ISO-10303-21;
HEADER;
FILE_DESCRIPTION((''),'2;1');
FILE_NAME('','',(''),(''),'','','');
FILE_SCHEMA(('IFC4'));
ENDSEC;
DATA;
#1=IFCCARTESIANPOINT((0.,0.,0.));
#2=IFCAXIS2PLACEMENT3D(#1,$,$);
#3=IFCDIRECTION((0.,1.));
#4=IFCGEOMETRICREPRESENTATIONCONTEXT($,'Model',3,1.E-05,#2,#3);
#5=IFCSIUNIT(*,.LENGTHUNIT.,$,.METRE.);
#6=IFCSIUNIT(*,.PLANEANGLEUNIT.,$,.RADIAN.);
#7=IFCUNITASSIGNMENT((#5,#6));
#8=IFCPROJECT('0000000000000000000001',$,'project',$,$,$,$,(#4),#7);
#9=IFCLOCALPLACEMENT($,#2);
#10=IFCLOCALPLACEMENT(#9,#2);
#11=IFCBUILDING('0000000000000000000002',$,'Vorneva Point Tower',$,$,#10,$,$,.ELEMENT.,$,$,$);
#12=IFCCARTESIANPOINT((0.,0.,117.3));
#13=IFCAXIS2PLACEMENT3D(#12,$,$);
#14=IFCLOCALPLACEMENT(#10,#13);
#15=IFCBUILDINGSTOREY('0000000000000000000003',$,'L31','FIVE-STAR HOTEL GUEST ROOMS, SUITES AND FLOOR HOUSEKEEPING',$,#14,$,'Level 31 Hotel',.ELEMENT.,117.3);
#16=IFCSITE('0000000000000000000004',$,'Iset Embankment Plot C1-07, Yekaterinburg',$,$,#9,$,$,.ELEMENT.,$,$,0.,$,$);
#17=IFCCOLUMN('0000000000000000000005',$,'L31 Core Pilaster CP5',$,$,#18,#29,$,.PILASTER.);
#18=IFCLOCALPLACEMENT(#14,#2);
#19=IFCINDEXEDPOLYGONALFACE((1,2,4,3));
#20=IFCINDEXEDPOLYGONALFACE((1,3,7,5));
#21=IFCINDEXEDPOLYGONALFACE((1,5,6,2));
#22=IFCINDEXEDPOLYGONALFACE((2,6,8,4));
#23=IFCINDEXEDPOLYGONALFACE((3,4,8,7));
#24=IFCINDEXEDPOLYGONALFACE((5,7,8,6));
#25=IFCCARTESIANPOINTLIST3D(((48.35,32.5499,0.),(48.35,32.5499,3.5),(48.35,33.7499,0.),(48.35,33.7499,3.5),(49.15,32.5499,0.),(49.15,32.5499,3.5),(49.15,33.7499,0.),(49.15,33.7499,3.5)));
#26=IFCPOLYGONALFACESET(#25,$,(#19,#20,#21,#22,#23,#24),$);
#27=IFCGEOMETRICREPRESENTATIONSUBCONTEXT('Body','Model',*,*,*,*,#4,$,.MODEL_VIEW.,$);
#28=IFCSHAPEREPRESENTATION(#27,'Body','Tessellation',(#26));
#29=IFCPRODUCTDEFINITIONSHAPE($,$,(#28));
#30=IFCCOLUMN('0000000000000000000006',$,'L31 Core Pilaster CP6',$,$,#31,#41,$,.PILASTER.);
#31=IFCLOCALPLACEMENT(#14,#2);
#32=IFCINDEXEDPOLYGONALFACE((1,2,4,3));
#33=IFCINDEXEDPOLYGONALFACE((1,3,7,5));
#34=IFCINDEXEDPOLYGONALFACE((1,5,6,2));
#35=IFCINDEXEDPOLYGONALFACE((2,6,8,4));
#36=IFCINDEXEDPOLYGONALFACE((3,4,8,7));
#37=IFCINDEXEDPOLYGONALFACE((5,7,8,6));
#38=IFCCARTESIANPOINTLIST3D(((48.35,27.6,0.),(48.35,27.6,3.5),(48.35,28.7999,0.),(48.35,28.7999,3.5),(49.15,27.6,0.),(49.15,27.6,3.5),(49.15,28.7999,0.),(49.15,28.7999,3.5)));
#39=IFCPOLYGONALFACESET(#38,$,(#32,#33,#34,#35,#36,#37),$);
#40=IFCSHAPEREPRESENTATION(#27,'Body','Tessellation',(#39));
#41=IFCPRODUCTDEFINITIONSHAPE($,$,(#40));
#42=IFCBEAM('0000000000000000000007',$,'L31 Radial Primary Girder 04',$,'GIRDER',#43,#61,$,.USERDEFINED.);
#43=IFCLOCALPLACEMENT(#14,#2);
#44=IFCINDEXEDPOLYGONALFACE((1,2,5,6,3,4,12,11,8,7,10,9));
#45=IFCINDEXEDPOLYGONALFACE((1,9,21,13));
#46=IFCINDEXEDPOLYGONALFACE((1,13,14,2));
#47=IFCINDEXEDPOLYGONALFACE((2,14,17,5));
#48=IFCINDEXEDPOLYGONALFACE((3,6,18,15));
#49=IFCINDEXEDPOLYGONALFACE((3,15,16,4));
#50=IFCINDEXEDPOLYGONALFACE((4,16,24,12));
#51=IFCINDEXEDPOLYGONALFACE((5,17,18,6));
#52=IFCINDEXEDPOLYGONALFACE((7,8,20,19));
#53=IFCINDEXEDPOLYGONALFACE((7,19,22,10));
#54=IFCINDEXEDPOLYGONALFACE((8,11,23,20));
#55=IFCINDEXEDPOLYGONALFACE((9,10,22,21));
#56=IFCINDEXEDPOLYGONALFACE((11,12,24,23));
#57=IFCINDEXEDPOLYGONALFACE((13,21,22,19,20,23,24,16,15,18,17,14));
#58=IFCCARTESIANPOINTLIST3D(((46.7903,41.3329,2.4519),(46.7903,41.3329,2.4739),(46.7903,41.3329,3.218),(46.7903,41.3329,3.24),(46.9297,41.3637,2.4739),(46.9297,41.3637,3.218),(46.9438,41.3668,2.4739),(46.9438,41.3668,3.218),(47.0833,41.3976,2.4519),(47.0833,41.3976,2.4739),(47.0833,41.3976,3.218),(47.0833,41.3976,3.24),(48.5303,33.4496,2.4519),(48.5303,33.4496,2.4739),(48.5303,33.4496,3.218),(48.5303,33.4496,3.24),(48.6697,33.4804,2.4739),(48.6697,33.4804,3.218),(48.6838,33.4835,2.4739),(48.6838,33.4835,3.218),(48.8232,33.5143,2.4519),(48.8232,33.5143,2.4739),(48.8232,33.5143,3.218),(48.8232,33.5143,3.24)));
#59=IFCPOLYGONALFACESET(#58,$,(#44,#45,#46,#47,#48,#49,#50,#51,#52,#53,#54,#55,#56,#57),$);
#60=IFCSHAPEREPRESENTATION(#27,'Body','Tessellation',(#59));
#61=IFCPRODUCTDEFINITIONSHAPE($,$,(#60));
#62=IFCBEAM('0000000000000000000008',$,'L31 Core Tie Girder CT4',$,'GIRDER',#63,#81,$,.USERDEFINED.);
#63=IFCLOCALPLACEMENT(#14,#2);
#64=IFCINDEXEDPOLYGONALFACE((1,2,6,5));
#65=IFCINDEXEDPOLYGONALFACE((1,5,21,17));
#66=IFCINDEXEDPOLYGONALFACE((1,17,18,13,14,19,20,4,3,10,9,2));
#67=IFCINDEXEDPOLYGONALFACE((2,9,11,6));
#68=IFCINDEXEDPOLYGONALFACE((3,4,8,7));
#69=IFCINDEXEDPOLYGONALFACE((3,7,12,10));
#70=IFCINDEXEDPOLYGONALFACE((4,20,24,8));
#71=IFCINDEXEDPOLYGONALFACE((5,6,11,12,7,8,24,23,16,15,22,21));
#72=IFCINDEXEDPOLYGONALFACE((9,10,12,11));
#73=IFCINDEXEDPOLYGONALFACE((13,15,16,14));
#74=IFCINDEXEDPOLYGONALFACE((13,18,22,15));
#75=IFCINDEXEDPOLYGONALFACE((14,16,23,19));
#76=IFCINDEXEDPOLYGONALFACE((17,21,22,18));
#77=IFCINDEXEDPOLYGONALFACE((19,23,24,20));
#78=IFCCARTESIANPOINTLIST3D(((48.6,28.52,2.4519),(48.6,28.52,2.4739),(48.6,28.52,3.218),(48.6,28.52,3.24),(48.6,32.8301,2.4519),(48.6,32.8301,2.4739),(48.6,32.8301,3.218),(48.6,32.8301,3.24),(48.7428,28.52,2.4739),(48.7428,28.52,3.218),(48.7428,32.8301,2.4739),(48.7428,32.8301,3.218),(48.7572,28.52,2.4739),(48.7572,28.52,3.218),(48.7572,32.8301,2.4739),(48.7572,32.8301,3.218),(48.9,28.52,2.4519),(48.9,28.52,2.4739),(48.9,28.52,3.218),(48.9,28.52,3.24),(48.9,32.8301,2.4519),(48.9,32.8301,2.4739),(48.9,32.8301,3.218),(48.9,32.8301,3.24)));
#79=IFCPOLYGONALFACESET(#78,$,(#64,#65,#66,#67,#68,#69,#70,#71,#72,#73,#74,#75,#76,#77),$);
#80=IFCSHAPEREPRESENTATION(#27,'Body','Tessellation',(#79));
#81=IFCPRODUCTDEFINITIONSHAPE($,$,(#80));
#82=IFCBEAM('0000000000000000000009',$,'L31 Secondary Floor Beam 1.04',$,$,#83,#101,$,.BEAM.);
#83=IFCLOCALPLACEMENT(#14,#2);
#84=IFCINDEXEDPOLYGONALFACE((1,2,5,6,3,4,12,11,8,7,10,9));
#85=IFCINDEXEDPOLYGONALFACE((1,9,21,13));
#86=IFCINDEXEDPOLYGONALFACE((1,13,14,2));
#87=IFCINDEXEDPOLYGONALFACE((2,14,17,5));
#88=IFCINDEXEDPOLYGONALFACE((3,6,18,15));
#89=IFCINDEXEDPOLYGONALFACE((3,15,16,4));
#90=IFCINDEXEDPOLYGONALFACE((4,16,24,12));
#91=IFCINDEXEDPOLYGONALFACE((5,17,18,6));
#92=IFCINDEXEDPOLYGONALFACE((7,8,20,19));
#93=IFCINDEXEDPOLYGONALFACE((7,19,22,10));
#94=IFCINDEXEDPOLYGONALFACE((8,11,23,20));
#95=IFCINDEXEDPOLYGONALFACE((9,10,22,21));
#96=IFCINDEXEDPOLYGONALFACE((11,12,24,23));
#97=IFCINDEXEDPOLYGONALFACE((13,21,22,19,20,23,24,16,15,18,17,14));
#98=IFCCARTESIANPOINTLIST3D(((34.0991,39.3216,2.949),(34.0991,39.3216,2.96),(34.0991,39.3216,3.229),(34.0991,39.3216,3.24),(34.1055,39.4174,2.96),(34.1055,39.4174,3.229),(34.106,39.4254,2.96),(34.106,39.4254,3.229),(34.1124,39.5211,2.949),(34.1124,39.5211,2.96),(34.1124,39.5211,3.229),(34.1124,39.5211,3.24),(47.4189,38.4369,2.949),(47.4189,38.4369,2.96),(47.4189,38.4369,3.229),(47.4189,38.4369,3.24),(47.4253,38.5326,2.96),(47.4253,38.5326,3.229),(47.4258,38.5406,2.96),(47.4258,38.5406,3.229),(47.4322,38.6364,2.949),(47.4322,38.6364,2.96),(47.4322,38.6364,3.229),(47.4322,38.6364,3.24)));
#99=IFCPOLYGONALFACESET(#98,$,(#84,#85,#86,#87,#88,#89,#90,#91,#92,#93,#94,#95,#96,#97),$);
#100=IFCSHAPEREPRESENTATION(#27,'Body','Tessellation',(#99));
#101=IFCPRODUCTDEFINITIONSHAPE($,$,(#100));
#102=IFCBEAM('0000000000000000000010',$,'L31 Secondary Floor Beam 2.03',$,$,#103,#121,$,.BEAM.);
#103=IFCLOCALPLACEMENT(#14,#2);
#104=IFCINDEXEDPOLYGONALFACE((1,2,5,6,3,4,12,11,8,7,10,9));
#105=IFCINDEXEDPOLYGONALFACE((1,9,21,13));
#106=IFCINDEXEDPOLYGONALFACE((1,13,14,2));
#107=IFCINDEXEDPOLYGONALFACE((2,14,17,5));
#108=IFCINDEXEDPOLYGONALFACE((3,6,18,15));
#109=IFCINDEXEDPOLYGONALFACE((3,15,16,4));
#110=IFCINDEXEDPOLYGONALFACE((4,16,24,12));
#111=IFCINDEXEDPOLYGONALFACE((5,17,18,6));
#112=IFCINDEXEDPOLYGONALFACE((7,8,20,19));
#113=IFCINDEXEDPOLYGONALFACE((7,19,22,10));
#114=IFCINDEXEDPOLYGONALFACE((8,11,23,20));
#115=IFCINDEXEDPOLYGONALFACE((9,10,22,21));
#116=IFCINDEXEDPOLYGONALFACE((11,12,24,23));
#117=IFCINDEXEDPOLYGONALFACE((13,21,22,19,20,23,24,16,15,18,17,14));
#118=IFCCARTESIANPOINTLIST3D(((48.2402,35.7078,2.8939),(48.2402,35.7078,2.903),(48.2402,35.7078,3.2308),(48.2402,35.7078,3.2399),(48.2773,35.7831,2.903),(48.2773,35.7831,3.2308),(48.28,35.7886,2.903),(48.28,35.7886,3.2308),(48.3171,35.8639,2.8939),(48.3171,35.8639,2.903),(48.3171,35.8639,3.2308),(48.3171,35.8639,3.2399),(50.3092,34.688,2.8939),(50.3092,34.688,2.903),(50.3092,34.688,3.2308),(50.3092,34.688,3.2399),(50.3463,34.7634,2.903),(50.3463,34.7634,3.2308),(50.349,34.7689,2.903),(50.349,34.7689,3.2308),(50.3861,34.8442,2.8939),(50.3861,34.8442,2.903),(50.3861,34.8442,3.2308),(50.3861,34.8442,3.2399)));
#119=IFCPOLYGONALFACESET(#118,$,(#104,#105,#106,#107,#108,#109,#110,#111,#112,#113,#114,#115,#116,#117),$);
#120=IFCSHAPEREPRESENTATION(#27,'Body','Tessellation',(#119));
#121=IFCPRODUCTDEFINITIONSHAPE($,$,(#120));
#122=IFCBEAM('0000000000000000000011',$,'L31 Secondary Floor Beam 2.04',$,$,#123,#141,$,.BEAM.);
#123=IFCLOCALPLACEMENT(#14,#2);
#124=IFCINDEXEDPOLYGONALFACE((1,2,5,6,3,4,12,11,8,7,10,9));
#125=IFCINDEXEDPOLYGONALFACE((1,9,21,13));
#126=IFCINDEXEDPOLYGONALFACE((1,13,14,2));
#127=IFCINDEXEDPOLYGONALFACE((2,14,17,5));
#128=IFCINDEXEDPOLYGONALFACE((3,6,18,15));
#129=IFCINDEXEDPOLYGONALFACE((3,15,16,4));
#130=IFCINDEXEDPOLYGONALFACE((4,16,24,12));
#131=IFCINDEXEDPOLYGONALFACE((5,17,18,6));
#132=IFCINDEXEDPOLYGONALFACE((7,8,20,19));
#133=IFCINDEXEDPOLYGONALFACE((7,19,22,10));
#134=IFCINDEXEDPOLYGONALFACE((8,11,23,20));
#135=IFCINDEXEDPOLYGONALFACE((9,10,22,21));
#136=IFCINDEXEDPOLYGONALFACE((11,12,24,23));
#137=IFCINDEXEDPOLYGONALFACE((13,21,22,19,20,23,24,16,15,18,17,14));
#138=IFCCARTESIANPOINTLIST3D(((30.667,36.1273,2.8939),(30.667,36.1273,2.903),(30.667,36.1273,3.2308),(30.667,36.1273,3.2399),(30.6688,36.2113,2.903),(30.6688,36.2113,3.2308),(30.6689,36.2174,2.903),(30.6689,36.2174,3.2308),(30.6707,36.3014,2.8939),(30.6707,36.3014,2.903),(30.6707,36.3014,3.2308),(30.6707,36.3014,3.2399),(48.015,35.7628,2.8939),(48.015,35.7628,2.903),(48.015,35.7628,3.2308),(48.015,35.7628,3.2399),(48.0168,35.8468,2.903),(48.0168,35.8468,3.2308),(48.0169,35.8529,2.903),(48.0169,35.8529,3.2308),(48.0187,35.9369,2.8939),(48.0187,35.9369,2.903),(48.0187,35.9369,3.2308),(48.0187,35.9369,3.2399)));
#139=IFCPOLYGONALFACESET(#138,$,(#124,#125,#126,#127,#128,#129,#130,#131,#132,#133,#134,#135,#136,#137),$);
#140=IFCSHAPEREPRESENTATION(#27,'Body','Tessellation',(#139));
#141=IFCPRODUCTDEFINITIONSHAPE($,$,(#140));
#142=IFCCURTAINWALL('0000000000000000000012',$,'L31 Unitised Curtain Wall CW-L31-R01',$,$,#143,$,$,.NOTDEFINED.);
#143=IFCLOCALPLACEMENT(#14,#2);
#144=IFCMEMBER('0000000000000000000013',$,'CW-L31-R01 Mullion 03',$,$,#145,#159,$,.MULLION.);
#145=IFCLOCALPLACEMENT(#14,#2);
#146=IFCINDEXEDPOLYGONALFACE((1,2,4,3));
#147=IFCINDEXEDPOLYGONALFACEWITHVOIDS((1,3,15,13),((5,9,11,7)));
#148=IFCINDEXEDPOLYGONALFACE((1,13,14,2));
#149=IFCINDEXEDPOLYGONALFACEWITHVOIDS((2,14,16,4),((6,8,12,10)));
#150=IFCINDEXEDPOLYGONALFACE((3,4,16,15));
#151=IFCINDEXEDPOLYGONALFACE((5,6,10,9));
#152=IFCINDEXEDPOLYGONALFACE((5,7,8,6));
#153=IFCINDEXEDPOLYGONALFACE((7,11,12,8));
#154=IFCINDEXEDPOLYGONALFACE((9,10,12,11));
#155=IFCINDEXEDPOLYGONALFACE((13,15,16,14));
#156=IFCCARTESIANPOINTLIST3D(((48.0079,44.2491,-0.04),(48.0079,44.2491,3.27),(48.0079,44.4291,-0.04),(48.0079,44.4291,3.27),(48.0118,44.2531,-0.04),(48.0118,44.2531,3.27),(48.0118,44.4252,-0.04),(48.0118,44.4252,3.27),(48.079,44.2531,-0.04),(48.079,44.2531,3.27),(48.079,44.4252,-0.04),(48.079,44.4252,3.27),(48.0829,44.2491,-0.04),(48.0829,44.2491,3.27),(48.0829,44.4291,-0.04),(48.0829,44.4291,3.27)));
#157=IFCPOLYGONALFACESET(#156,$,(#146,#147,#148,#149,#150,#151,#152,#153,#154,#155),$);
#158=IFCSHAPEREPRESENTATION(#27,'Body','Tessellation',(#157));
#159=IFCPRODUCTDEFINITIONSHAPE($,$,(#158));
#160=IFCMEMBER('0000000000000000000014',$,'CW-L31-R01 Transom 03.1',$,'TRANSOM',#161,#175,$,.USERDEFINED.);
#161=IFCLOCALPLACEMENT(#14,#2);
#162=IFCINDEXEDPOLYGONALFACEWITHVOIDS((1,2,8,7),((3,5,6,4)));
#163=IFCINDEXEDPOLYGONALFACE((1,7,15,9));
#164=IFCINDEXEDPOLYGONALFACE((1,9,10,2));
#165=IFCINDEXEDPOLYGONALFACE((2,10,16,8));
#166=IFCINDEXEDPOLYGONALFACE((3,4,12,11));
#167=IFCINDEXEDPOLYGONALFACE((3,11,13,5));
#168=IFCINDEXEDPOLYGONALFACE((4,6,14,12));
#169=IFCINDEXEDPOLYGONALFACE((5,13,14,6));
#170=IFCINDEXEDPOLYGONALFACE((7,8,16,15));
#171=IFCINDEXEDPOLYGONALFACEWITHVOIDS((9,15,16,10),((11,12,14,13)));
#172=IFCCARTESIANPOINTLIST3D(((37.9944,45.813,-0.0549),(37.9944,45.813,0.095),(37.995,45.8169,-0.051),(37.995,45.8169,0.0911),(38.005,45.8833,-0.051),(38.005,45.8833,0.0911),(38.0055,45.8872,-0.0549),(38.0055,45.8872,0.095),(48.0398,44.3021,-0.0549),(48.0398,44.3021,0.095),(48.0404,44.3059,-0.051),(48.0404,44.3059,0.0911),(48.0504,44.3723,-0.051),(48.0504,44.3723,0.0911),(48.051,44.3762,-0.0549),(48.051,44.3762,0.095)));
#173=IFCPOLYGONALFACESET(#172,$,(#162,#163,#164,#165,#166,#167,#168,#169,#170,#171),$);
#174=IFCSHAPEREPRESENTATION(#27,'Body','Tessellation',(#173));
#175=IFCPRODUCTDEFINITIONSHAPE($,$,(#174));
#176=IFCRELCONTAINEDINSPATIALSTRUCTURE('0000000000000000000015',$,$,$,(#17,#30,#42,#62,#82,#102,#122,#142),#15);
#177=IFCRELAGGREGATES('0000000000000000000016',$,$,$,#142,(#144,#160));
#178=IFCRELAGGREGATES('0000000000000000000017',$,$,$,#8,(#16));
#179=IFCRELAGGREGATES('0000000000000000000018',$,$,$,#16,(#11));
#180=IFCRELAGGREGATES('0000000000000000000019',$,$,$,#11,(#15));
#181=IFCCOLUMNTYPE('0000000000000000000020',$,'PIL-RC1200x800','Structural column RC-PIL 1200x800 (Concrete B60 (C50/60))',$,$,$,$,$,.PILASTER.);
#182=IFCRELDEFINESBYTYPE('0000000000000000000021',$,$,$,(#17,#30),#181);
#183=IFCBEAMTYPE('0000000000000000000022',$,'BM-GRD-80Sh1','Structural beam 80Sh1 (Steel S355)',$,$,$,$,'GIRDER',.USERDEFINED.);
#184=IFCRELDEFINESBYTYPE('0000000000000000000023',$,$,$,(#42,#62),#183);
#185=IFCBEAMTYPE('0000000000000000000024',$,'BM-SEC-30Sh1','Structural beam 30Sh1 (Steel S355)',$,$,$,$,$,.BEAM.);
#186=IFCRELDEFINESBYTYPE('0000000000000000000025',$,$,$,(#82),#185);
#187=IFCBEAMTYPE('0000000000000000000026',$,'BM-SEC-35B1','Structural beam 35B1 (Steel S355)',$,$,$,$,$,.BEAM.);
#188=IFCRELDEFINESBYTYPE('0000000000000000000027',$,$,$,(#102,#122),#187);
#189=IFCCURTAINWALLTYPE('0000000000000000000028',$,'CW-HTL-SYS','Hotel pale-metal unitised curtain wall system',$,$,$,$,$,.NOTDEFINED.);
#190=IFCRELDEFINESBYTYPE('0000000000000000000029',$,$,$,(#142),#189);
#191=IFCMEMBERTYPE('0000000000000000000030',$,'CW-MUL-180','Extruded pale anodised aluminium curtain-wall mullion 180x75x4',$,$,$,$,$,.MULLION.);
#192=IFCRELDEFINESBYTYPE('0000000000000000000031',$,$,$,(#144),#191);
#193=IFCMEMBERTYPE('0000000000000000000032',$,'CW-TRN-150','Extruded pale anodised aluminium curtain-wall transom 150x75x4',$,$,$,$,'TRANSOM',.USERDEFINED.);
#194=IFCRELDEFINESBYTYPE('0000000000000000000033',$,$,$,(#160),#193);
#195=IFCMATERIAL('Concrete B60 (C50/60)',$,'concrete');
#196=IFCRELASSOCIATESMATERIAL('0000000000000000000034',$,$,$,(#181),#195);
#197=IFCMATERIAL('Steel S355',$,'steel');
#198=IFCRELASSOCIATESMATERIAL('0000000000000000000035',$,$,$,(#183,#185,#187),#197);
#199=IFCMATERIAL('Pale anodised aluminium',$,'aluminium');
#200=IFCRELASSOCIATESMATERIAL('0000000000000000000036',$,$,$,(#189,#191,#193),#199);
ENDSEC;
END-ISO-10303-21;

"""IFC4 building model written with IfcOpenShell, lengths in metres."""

from ifc_helpers import new_model, si_unit, direction, frame, origin, origin_2d, place, context, subcontext, project, spatial, rectangle, hollow_rectangle, i_section, extrude, material, material_profile, profile_set, type_object, element, aggregate, save


model = new_model("IFC4")

# Units and contexts
model_context = context("Model", 3, precision=1e-05, world=origin(), true_north=direction((0.0, 1.0)))
body_context = subcontext(model_context, "Body", "Model", "MODEL_VIEW")
ifc_project = project(units=[si_unit("LENGTHUNIT", "METRE"), si_unit("PLANEANGLEUNIT", "RADIAN")], contexts=[model_context])

# Site, building, storey
site_placement = place(None, origin())
site = spatial("IfcSite", under=ifc_project, at=site_placement, Name="Iset Embankment Plot C1-07, Yekaterinburg", CompositionType="ELEMENT", RefElevation=0.0)
building_placement = place(site_placement, origin())
building = spatial("IfcBuilding", under=site, at=building_placement, Name="Vorneva Point Tower", CompositionType="ELEMENT")
storey_placement = place(building_placement, frame((0.0, 0.0, 117.3)))
storey = spatial("IfcBuildingStorey", under=building, at=storey_placement, Name="L31", Description="FIVE-STAR HOTEL GUEST ROOMS, SUITES AND FLOOR HOUSEKEEPING", LongName="Level 31 Hotel", CompositionType="ELEMENT", Elevation=117.3)

# Columns
ifc_material_1 = material(Name="Concrete B60 (C50/60)", Category="concrete")
ifc_material_profile_1 = material_profile(ifc_material_1, rectangle(XDim=0.8, YDim=1.2, at=origin_2d()), Name="RC-PIL 1200x800")
ifc_profile_set_1 = profile_set([ifc_material_profile_1], Name="Concrete B60 (C50/60)")
column_type = type_object("IfcColumnType", Name="PIL-RC1200x800", Description="Structural column RC-PIL 1200x800 (Concrete B60 (C50/60))", PredefinedType="PILASTER", material=ifc_profile_set_1)
for number, where, z_axis, x_axis, name in (
    (1, (48.75, 33.1499, 0.0), (0.0, 0.0, 1.0), (1.0, 0.0, 0.0), "L31 Core Pilaster CP5"),
    (2, (48.75, 28.2, 0.0), (0.0, 0.0, 1.0), (1.0, 0.0, 0.0), "L31 Core Pilaster CP6"),
):
    element("IfcColumn", number, at=place(storey_placement, frame(where, z_axis=z_axis, x_axis=x_axis)), inside=storey, type_object=column_type, Name=name, PredefinedType="PILASTER", context=body_context, shape_type="SweptSolid", body=[
        extrude(rectangle(XDim=0.8, YDim=1.2, at=origin_2d()), origin(), (0.0, 0.0, 1.0), 3.5),
    ])

# Beams
ifc_material_2 = material(Name="Steel S355", Category="steel")
ifc_material_profile_2 = material_profile(ifc_material_2, i_section(OverallWidth=0.3, OverallDepth=0.7881, WebThickness=0.0144, FlangeThickness=0.022, at=origin_2d()), Name="80Sh1")
ifc_profile_set_2 = profile_set([ifc_material_profile_2], Name="Steel S355")
beam_type_1 = type_object("IfcBeamType", Name="BM-GRD-80Sh1", Description="Structural beam 80Sh1 (Steel S355)", ElementType="GIRDER", PredefinedType="USERDEFINED", material=ifc_profile_set_2)
beam_1_placement = place(storey_placement, frame((46.9368, 41.3652, 2.8459), z_axis=(0.215531, -0.976497, 0.0), x_axis=(0.976497, 0.215531, 0.0)))
element("IfcBeam", 3, at=beam_1_placement, inside=storey, type_object=beam_type_1, Name="L31 Radial Primary Girder 04", ObjectType="GIRDER", PredefinedType="USERDEFINED", context=body_context, shape_type="SweptSolid", body=[
    extrude(i_section(OverallWidth=0.3, OverallDepth=0.7881, WebThickness=0.0144, FlangeThickness=0.022, at=origin_2d()), origin(), (0.0, 0.0, 1.0), 8.073),
])
beam_2_placement = place(storey_placement, frame((48.75, 28.52, 2.8459), z_axis=(0.0, 1.0, 0.0), x_axis=(-1.0, 0.0, 0.0)))
element("IfcBeam", 4, at=beam_2_placement, inside=storey, type_object=beam_type_1, Name="L31 Core Tie Girder CT4", ObjectType="GIRDER", PredefinedType="USERDEFINED", context=body_context, shape_type="SweptSolid", body=[
    extrude(i_section(OverallWidth=0.3, OverallDepth=0.7881, WebThickness=0.0144, FlangeThickness=0.022, at=origin_2d()), origin(), (0.0, 0.0, 1.0), 4.3101),
])
ifc_material_profile_3 = material_profile(ifc_material_2, i_section(OverallWidth=0.2, OverallDepth=0.291, WebThickness=0.0081, FlangeThickness=0.011, at=origin_2d()), Name="30Sh1")
ifc_profile_set_3 = profile_set([ifc_material_profile_3], Name="Steel S355")
beam_type_2 = type_object("IfcBeamType", Name="BM-SEC-30Sh1", Description="Structural beam 30Sh1 (Steel S355)", PredefinedType="BEAM", material=ifc_profile_set_3)
beam_3_placement = place(storey_placement, frame((47.4255, 38.5366, 3.0945), z_axis=(-0.997801, 0.066279, 0.0), x_axis=(-0.066279, -0.997801, 0.0)))
element("IfcBeam", 5, at=beam_3_placement, inside=storey, type_object=beam_type_2, Name="L31 Secondary Floor Beam 1.04", PredefinedType="BEAM", context=body_context, shape_type="SweptSolid", body=[
    extrude(i_section(OverallWidth=0.2, OverallDepth=0.291, WebThickness=0.0081, FlangeThickness=0.011, at=origin_2d()), origin(), (0.0, 0.0, 1.0), 13.3491),
])
ifc_material_profile_4 = material_profile(ifc_material_2, i_section(OverallWidth=0.1741, OverallDepth=0.3459, WebThickness=0.0061, FlangeThickness=0.009, at=origin_2d()), Name="35B1")
ifc_profile_set_4 = profile_set([ifc_material_profile_4], Name="Steel S355")
beam_type_3 = type_object("IfcBeamType", Name="BM-SEC-35B1", Description="Structural beam 35B1 (Steel S355)", PredefinedType="BEAM", material=ifc_profile_set_4)
beam_4_placement = place(storey_placement, frame((50.3477, 34.7661, 3.0669), z_axis=(-0.896974, 0.442084, 0.0), x_axis=(-0.442084, -0.896974, 0.0)))
element("IfcBeam", 6, at=beam_4_placement, inside=storey, type_object=beam_type_3, Name="L31 Secondary Floor Beam 2.03", PredefinedType="BEAM", context=body_context, shape_type="SweptSolid", body=[
    extrude(i_section(OverallWidth=0.1741, OverallDepth=0.3459, WebThickness=0.0061, FlangeThickness=0.009, at=origin_2d()), origin(), (0.0, 0.0, 1.0), 2.3066),
])
beam_5_placement = place(storey_placement, frame((48.0168, 35.8499, 3.0669), z_axis=(-0.999779, 0.021007, 0.0), x_axis=(-0.021007, -0.999779, 0.0)))
element("IfcBeam", 7, at=beam_5_placement, inside=storey, type_object=beam_type_3, Name="L31 Secondary Floor Beam 2.04", PredefinedType="BEAM", context=body_context, shape_type="SweptSolid", body=[
    extrude(i_section(OverallWidth=0.1741, OverallDepth=0.3459, WebThickness=0.0061, FlangeThickness=0.009, at=origin_2d()), origin(), (0.0, 0.0, 1.0), 17.3518),
])

# Curtain wall, members
ifc_material_3 = material(Name="Pale anodised aluminium", Category="aluminium")
curtain_wall_type = type_object("IfcCurtainWallType", Name="CW-HTL-SYS", Description="Hotel pale-metal unitised curtain wall system", PredefinedType="NOTDEFINED", material=ifc_material_3)
curtain_wall_placement = place(storey_placement, origin())
curtain_wall = element("IfcCurtainWall", 8, at=curtain_wall_placement, inside=storey, type_object=curtain_wall_type, Name="L31 Unitised Curtain Wall CW-L31-R01", PredefinedType="NOTDEFINED")
ifc_material_profile_5 = material_profile(ifc_material_3, hollow_rectangle(XDim=0.075, YDim=0.1799, WallThickness=0.0039, at=origin_2d()), Name="AL-MUL 180x75x4")
ifc_profile_set_5 = profile_set([ifc_material_profile_5], Name="Pale anodised aluminium")
member_type_1 = type_object("IfcMemberType", Name="CW-MUL-180", Description="Extruded pale anodised aluminium curtain-wall mullion 180x75x4", PredefinedType="MULLION", material=ifc_profile_set_5)
member_1_placement = place(storey_placement, frame((48.0454, 44.3391, -0.04), z_axis=(0.0, 0.0, 1.0), x_axis=(1.0, 0.0, 0.0)))
member_1 = element("IfcMember", 9, at=member_1_placement, type_object=member_type_1, Name="CW-L31-R01 Mullion 03", PredefinedType="MULLION", context=body_context, shape_type="SweptSolid", body=[
    extrude(hollow_rectangle(XDim=0.075, YDim=0.1799, WallThickness=0.0039, at=origin_2d()), origin(), (0.0, 0.0, 1.0), 3.3101),
])
ifc_material_profile_6 = material_profile(ifc_material_3, hollow_rectangle(XDim=0.075, YDim=0.1499, WallThickness=0.0039, at=origin_2d()), Name="AL-TRN 150x75x4")
ifc_profile_set_6 = profile_set([ifc_material_profile_6], Name="Pale anodised aluminium")
member_type_2 = type_object("IfcMemberType", Name="CW-TRN-150", Description="Extruded pale anodised aluminium curtain-wall transom 150x75x4", ElementType="TRANSOM", PredefinedType="USERDEFINED", material=ifc_profile_set_6)
member_2_placement = place(storey_placement, frame((48.0454, 44.3391, 0.02), z_axis=(-0.988876, 0.148742, 0.0), x_axis=(-0.148742, -0.988876, 0.0)))
member_2 = element("IfcMember", 10, at=member_2_placement, type_object=member_type_2, Name="CW-L31-R01 Transom 03.1", ObjectType="TRANSOM", PredefinedType="USERDEFINED", context=body_context, shape_type="SweptSolid", body=[
    extrude(hollow_rectangle(XDim=0.075, YDim=0.1499, WallThickness=0.0039, at=origin_2d()), origin(), (0.0, 0.0, 1.0), 10.1584),
])
aggregate(curtain_wall, [member_1, member_2])

save(model, "model.ifc")
